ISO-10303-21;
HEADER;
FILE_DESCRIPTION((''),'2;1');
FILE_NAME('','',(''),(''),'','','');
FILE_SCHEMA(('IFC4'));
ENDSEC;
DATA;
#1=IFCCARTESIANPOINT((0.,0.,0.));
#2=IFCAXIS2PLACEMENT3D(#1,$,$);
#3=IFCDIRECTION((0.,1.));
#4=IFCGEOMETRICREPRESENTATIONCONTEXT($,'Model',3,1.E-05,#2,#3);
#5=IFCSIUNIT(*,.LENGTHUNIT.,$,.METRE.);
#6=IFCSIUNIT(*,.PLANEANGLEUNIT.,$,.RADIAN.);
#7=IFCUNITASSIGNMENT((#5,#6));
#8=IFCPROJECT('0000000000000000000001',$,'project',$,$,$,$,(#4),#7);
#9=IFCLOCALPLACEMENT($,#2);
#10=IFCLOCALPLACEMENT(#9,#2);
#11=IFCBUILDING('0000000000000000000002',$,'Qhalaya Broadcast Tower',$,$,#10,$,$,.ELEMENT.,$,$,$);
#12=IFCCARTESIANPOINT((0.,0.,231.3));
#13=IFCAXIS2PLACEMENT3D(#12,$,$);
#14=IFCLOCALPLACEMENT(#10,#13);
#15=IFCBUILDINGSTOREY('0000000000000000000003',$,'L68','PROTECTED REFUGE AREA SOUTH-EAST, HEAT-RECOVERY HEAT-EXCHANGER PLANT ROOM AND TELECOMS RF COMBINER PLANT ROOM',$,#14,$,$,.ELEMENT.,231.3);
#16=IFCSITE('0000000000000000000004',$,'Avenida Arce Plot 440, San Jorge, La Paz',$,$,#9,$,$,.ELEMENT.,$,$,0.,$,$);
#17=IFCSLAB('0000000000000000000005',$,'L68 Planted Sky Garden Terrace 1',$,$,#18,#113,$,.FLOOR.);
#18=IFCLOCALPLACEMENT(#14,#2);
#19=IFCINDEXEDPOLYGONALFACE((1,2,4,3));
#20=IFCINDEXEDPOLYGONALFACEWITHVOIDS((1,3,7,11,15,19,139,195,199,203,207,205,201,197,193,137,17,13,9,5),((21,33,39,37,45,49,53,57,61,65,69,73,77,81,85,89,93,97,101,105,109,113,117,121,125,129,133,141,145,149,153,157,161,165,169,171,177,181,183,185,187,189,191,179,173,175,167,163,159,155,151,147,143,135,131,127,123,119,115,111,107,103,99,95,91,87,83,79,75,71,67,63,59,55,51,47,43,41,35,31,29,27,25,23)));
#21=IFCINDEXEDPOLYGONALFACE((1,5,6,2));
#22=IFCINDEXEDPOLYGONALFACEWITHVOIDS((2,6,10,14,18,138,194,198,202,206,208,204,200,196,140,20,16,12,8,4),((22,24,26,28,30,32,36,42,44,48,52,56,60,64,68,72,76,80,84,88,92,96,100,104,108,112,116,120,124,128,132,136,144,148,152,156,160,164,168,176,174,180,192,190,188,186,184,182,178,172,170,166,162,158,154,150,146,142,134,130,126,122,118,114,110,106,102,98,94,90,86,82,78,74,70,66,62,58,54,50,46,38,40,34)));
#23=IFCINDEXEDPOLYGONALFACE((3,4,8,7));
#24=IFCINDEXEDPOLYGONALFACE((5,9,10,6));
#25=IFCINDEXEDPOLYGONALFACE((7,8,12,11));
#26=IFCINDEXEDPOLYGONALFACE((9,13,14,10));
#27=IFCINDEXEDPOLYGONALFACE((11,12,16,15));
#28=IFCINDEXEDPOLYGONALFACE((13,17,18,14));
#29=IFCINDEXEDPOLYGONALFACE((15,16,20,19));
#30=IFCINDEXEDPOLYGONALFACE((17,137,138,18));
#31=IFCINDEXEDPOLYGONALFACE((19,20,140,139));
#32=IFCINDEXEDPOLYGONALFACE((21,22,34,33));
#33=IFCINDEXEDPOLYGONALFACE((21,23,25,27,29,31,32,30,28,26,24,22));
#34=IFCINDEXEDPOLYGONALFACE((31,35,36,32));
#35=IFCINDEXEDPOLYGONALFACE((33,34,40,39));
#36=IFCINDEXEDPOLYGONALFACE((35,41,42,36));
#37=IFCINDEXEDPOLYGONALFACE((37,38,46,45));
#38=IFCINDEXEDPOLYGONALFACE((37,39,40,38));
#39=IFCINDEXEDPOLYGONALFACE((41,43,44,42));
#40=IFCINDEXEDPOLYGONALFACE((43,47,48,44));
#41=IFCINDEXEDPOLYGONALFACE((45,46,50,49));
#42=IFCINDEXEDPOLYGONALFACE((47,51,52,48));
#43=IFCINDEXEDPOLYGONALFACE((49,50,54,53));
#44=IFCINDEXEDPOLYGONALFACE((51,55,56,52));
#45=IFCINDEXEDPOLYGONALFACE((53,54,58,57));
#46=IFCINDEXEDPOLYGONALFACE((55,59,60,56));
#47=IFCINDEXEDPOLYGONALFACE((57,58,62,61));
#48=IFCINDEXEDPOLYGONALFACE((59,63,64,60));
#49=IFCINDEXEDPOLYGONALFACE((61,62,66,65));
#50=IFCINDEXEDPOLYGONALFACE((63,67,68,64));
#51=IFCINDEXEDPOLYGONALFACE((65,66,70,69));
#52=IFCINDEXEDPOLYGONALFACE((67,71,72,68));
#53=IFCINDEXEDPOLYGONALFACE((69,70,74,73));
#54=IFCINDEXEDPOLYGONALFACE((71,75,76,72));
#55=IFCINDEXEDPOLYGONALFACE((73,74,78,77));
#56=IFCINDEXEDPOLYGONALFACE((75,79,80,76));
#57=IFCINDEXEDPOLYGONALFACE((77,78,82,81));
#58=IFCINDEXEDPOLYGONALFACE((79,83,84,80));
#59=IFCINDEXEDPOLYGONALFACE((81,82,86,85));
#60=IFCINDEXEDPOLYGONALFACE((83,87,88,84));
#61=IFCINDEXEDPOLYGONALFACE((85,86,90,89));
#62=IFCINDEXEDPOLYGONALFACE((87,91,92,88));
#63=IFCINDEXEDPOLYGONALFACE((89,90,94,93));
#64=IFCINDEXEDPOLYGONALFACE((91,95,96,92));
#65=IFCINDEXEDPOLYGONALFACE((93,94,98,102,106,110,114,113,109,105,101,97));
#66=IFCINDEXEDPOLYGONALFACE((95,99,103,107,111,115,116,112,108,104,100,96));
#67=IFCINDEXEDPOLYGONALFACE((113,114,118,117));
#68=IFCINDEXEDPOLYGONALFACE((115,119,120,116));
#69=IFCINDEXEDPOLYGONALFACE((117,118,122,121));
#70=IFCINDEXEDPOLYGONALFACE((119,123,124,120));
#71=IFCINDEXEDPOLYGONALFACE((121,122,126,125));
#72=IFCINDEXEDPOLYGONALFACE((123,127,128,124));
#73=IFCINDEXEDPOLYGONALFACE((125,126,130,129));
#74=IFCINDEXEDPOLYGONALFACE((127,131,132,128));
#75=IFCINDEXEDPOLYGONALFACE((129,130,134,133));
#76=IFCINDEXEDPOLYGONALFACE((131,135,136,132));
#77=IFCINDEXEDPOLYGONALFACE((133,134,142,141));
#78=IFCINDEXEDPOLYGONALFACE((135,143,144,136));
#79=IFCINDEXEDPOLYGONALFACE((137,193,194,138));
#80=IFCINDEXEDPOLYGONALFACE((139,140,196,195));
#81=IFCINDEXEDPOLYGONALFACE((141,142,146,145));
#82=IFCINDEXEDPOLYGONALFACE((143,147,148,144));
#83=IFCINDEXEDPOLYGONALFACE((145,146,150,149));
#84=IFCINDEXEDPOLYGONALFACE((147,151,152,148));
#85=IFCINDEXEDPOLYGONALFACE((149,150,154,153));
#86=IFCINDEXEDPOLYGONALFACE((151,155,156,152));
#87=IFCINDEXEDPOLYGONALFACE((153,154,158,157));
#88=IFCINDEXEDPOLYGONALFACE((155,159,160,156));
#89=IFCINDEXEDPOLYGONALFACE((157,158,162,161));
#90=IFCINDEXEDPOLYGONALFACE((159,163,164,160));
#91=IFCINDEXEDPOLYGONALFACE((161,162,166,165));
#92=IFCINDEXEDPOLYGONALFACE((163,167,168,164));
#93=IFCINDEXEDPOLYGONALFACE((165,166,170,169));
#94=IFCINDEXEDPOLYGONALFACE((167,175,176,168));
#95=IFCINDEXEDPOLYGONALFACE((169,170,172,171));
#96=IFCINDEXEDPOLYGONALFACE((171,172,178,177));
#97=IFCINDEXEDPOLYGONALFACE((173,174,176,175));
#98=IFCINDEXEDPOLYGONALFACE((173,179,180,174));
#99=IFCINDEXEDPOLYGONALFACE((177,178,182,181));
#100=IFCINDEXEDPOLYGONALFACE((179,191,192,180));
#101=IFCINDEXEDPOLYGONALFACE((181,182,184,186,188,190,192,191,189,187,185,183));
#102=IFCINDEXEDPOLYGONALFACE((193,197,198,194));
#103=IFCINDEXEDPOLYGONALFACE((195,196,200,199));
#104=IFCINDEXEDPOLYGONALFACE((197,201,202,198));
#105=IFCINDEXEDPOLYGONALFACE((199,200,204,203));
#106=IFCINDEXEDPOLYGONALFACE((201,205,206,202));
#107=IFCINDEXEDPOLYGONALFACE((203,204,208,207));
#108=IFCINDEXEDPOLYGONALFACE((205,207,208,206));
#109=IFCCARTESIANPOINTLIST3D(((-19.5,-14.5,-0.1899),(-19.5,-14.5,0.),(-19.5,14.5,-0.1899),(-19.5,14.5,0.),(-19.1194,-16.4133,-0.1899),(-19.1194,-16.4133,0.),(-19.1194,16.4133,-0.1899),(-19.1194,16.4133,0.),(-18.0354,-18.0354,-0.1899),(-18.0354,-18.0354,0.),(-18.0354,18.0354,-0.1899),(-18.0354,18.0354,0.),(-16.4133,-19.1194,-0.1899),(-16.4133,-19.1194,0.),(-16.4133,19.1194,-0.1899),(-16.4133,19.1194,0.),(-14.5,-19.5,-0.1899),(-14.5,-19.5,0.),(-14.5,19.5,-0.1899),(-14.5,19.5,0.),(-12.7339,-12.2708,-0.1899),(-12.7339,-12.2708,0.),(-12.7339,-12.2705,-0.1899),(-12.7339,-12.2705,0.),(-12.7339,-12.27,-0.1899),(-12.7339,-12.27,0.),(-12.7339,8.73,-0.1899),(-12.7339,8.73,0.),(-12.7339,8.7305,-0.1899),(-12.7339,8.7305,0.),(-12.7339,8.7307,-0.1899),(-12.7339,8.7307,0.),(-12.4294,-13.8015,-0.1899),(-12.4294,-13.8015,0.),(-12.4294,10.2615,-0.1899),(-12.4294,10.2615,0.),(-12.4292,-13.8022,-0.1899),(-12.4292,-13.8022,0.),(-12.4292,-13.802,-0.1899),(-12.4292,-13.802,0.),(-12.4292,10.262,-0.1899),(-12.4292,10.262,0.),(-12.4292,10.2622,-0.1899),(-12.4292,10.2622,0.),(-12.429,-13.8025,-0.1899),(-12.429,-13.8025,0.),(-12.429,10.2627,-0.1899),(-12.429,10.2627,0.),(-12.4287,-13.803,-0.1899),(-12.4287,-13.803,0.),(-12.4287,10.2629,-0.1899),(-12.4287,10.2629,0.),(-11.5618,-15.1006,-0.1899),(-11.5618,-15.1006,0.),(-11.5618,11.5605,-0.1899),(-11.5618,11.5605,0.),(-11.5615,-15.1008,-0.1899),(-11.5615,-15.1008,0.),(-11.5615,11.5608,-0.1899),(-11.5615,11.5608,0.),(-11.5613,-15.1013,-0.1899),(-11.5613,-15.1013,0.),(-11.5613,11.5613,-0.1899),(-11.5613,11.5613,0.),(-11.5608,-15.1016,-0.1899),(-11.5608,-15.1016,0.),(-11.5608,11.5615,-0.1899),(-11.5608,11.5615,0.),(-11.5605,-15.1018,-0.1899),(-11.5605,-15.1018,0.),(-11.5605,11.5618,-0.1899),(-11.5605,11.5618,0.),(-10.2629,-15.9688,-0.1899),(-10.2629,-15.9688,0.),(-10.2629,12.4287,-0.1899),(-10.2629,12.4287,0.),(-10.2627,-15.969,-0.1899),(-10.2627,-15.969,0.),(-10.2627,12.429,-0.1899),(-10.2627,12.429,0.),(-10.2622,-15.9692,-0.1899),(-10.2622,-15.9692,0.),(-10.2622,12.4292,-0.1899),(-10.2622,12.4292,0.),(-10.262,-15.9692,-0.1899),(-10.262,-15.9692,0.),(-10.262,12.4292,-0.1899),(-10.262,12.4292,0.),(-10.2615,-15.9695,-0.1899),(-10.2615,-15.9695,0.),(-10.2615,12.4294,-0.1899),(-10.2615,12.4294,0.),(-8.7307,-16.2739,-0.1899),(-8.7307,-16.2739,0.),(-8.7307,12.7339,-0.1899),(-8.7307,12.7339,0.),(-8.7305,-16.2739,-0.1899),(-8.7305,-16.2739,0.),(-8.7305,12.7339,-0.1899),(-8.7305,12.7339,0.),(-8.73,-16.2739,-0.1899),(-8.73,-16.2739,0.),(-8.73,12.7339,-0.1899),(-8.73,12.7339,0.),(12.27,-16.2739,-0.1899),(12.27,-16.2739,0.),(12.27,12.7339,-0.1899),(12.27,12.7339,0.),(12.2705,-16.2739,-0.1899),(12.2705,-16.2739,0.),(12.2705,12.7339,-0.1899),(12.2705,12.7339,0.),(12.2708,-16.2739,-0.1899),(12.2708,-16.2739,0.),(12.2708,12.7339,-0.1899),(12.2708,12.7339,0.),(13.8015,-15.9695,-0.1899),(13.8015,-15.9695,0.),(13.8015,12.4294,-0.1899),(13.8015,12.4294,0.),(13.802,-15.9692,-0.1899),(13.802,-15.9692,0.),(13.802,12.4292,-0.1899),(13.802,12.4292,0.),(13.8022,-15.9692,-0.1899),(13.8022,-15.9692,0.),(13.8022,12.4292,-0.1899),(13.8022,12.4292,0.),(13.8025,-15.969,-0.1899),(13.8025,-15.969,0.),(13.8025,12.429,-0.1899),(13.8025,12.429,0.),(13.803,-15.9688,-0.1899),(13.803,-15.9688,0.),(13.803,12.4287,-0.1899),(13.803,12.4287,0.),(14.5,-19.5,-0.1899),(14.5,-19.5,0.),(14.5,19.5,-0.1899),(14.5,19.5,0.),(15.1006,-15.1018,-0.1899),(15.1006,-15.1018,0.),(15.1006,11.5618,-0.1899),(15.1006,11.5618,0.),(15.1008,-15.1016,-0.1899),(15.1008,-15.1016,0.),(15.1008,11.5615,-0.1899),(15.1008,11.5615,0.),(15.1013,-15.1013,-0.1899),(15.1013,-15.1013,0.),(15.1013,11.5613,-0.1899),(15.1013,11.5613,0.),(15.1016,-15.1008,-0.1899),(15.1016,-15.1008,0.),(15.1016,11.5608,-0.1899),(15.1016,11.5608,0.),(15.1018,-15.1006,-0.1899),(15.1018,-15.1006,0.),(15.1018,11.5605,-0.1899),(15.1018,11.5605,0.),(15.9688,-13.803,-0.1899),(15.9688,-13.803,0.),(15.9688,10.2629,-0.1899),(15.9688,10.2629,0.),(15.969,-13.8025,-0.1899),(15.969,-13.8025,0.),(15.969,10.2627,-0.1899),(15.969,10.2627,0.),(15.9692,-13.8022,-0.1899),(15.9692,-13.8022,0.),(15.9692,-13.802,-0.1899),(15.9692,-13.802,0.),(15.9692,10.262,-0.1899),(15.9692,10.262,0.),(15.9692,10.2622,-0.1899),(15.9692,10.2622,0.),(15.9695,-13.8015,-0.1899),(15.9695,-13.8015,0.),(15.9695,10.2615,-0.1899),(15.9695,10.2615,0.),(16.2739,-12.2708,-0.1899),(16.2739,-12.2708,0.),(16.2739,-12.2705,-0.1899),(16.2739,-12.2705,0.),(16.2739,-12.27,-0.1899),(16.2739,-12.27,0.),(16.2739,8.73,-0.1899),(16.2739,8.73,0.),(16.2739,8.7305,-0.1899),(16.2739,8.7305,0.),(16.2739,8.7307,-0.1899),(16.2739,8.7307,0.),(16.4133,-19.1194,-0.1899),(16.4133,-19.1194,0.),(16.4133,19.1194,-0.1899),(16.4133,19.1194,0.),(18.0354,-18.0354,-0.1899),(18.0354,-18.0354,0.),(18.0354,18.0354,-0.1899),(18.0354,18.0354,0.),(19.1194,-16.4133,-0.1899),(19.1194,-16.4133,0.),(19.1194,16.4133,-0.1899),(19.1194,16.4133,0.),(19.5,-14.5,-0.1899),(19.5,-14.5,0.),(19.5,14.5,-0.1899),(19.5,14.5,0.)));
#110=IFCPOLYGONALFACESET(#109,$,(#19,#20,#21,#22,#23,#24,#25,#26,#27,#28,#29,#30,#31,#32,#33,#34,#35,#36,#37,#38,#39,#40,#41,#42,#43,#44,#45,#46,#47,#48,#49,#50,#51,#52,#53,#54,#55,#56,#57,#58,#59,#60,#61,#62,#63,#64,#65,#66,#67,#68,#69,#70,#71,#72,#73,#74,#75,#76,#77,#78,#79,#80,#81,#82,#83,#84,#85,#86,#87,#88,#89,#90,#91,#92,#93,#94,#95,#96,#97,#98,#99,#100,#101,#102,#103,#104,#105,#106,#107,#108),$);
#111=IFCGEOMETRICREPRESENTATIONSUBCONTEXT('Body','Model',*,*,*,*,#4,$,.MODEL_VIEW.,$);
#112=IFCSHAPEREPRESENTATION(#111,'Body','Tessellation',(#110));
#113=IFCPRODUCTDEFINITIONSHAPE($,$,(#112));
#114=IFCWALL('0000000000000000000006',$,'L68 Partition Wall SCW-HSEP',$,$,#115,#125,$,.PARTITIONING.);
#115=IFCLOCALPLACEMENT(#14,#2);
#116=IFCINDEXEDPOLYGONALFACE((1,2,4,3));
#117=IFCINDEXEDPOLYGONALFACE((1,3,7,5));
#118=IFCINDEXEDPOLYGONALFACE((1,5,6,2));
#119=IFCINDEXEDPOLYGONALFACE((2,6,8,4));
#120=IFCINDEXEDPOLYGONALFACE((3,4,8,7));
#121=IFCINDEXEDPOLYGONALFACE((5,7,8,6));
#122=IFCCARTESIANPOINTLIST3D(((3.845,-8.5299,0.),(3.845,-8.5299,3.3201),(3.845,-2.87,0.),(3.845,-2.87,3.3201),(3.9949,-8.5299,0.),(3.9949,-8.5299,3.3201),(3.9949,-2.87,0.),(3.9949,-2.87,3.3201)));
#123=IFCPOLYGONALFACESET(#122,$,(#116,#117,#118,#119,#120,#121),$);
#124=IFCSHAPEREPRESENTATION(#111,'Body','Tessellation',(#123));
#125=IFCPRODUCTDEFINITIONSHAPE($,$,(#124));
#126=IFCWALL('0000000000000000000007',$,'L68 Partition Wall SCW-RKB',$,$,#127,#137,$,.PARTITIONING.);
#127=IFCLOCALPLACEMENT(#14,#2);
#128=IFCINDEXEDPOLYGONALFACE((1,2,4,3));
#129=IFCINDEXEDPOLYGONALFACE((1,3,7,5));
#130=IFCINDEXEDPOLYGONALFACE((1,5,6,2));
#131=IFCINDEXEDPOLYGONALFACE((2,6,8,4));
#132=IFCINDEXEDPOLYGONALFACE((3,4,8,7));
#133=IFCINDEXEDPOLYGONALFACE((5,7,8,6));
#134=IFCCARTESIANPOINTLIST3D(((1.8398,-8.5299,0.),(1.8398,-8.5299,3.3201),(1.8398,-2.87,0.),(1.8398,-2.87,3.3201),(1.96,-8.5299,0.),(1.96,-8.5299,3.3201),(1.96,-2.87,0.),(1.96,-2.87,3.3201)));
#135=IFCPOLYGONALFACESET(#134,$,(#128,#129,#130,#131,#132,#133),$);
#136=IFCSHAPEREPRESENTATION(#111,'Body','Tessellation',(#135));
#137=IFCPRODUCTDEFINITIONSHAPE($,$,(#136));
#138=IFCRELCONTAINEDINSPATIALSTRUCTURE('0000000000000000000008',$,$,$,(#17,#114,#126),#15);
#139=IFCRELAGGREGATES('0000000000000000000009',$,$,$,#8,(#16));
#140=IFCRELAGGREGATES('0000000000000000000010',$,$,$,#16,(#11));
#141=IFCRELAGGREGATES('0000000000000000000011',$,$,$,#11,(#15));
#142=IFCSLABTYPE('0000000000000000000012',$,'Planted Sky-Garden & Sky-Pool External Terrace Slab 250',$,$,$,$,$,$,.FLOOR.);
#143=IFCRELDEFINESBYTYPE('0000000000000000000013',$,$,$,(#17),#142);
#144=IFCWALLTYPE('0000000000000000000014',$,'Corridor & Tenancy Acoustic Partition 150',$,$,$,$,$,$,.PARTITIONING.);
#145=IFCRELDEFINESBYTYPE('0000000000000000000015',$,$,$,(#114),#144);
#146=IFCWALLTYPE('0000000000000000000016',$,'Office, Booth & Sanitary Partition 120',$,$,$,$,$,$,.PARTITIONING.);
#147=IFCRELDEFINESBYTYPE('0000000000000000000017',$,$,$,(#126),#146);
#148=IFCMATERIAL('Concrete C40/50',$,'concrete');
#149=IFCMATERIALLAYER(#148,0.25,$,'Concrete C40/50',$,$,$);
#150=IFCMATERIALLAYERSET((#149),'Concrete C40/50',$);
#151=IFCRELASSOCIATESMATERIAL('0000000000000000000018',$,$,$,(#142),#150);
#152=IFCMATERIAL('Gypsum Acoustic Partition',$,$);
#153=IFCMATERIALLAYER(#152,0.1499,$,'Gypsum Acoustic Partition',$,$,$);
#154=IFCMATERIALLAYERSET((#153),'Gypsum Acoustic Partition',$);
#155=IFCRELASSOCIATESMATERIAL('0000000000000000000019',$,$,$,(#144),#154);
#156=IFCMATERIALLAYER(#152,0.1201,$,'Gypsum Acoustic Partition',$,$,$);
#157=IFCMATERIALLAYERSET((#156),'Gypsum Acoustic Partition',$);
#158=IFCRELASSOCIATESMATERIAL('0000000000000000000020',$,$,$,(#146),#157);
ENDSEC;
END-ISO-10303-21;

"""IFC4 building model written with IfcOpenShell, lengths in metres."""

from ifc_helpers import new_model, si_unit, direction, frame, frame_2d, origin, place, context, subcontext, project, spatial, polyline, rectangle, outline, extrude, material, layer, layer_set, type_object, element, save


model = new_model("IFC4")

# Units and contexts
model_context = context("Model", 3, precision=1e-05, world=origin(), true_north=direction((0.0, 1.0)))
body_context = subcontext(model_context, "Body", "Model", "MODEL_VIEW")
ifc_project = project(units=[si_unit("LENGTHUNIT", "METRE"), si_unit("PLANEANGLEUNIT", "RADIAN")], contexts=[model_context])

# Site, building, storey
site_placement = place(None, origin())
site = spatial("IfcSite", under=ifc_project, at=site_placement, Name="Avenida Arce Plot 440, San Jorge, La Paz", CompositionType="ELEMENT", RefElevation=0.0)
building_placement = place(site_placement, origin())
building = spatial("IfcBuilding", under=site, at=building_placement, Name="Qhalaya Broadcast Tower", CompositionType="ELEMENT")
storey_placement = place(building_placement, frame((0.0, 0.0, 231.3)))
storey = spatial("IfcBuildingStorey", under=building, at=storey_placement, Name="L68", Description="PROTECTED REFUGE AREA SOUTH-EAST, HEAT-RECOVERY HEAT-EXCHANGER PLANT ROOM AND TELECOMS RF COMBINER PLANT ROOM", CompositionType="ELEMENT", Elevation=231.3)

# Slab
ifc_material_1 = material(Name="Concrete C40/50", Category="concrete")
ifc_layer_1 = layer(ifc_material_1, 0.25, Name="Concrete C40/50")
ifc_layer_set_1 = layer_set([ifc_layer_1], Name="Concrete C40/50")
slab_type_1 = type_object("IfcSlabType", Name="Planted Sky-Garden & Sky-Pool External Terrace Slab 250", PredefinedType="FLOOR", material=ifc_layer_set_1)
slab_1_placement = place(storey_placement, frame((0.0, 0.0, -0.1899)))
element("IfcSlab", 1, at=slab_1_placement, inside=storey, type_object=slab_type_1, Name="L68 Planted Sky Garden Terrace 1", PredefinedType="FLOOR", context=body_context, shape_type="SweptSolid", body=[
    extrude(outline(polyline([(14.5, -19.5), (16.4133, -19.1194), (18.0354, -18.0354), (19.1194, -16.4133), (19.5, -14.5), (19.5, 14.5), (19.1194, 16.4133), (18.0354, 18.0354), (16.4133, 19.1194), (14.5, 19.5), (-14.5, 19.5), (-16.4133, 19.1194), (-18.0354, 18.0354), (-19.1194, 16.4133), (-19.5, 14.5), (-19.5, -14.5), (-19.1194, -16.4133), (-18.0354, -18.0354), (-16.4133, -19.1194), (-14.5, -19.5), (14.5, -19.5)]), holes=[polyline([(12.27, -16.2739), (-8.73, -16.2739), (-8.7305, -16.2739), (-8.7307, -16.2739), (-10.2615, -15.9695), (-10.262, -15.9692), (-10.2622, -15.9692), (-10.2627, -15.969), (-10.2629, -15.9688), (-11.5605, -15.1018), (-11.5608, -15.1016), (-11.5613, -15.1013), (-11.5615, -15.1008), (-11.5618, -15.1006), (-12.4287, -13.803), (-12.429, -13.8025), (-12.4292, -13.8022), (-12.4292, -13.802), (-12.4294, -13.8015), (-12.7339, -12.2708), (-12.7339, -12.2705), (-12.7339, -12.27), (-12.7339, 8.73), (-12.7339, 8.7305), (-12.7339, 8.7307), (-12.4294, 10.2615), (-12.4292, 10.262), (-12.4292, 10.2622), (-12.429, 10.2627), (-12.4287, 10.2629), (-11.5618, 11.5605), (-11.5615, 11.5608), (-11.5613, 11.5613), (-11.5608, 11.5615), (-11.5605, 11.5618), (-10.2629, 12.4287), (-10.2627, 12.429), (-10.2622, 12.4292), (-10.262, 12.4292), (-10.2615, 12.4294), (-8.7307, 12.7339), (-8.7305, 12.7339), (-8.73, 12.7339), (12.27, 12.7339), (12.2705, 12.7339), (12.2708, 12.7339), (13.8015, 12.4294), (13.802, 12.4292), (13.8022, 12.4292), (13.8025, 12.429), (13.803, 12.4287), (15.1006, 11.5618), (15.1008, 11.5615), (15.1013, 11.5613), (15.1016, 11.5608), (15.1018, 11.5605), (15.9688, 10.2629), (15.969, 10.2627), (15.9692, 10.2622), (15.9692, 10.262), (15.9695, 10.2615), (16.2739, 8.7307), (16.2739, 8.7305), (16.2739, 8.73), (16.2739, -12.27), (16.2739, -12.2705), (16.2739, -12.2708), (15.9695, -13.8015), (15.9692, -13.802), (15.9692, -13.8022), (15.969, -13.8025), (15.9688, -13.803), (15.1018, -15.1006), (15.1016, -15.1008), (15.1013, -15.1013), (15.1008, -15.1016), (15.1006, -15.1018), (13.803, -15.9688), (13.8025, -15.969), (13.8022, -15.9692), (13.802, -15.9692), (13.8015, -15.9695), (12.2708, -16.2739), (12.2705, -16.2739), (12.27, -16.2739)])]), origin(), (0.0, 0.0, 1.0), 0.1899),
])

# Walls
ifc_material_2 = material(Name="Gypsum Acoustic Partition")
ifc_layer_2 = layer(ifc_material_2, 0.1499, Name="Gypsum Acoustic Partition")
ifc_layer_set_2 = layer_set([ifc_layer_2], Name="Gypsum Acoustic Partition")
wall_type_1 = type_object("IfcWallType", Name="Corridor & Tenancy Acoustic Partition 150", PredefinedType="PARTITIONING", material=ifc_layer_set_2)
wall_1_placement = place(storey_placement, frame((3.9199, -8.53, 0.0), z_axis=(0.0, 0.0, 1.0), x_axis=(0.0, 1.0, 0.0)))
element("IfcWall", 2, at=wall_1_placement, inside=storey, type_object=wall_type_1, Name="L68 Partition Wall SCW-HSEP", PredefinedType="PARTITIONING", context=body_context, shape_type="SweptSolid", body=[
    extrude(rectangle(XDim=5.6599, YDim=0.1499, at=frame_2d((2.8301, 0.0))), origin(), (0.0, 0.0, 1.0), 3.3201),
])
ifc_layer_3 = layer(ifc_material_2, 0.1201, Name="Gypsum Acoustic Partition")
ifc_layer_set_3 = layer_set([ifc_layer_3], Name="Gypsum Acoustic Partition")
wall_type_2 = type_object("IfcWallType", Name="Office, Booth & Sanitary Partition 120", PredefinedType="PARTITIONING", material=ifc_layer_set_3)
wall_2_placement = place(storey_placement, frame((1.8999, -8.53, 0.0), z_axis=(0.0, 0.0, 1.0), x_axis=(0.0, 1.0, 0.0)))
element("IfcWall", 3, at=wall_2_placement, inside=storey, type_object=wall_type_2, Name="L68 Partition Wall SCW-RKB", PredefinedType="PARTITIONING", context=body_context, shape_type="SweptSolid", body=[
    extrude(rectangle(XDim=5.6599, YDim=0.1201, at=frame_2d((2.8301, 0.0))), origin(), (0.0, 0.0, 1.0), 3.3201),
])

save(model, "model.ifc")
